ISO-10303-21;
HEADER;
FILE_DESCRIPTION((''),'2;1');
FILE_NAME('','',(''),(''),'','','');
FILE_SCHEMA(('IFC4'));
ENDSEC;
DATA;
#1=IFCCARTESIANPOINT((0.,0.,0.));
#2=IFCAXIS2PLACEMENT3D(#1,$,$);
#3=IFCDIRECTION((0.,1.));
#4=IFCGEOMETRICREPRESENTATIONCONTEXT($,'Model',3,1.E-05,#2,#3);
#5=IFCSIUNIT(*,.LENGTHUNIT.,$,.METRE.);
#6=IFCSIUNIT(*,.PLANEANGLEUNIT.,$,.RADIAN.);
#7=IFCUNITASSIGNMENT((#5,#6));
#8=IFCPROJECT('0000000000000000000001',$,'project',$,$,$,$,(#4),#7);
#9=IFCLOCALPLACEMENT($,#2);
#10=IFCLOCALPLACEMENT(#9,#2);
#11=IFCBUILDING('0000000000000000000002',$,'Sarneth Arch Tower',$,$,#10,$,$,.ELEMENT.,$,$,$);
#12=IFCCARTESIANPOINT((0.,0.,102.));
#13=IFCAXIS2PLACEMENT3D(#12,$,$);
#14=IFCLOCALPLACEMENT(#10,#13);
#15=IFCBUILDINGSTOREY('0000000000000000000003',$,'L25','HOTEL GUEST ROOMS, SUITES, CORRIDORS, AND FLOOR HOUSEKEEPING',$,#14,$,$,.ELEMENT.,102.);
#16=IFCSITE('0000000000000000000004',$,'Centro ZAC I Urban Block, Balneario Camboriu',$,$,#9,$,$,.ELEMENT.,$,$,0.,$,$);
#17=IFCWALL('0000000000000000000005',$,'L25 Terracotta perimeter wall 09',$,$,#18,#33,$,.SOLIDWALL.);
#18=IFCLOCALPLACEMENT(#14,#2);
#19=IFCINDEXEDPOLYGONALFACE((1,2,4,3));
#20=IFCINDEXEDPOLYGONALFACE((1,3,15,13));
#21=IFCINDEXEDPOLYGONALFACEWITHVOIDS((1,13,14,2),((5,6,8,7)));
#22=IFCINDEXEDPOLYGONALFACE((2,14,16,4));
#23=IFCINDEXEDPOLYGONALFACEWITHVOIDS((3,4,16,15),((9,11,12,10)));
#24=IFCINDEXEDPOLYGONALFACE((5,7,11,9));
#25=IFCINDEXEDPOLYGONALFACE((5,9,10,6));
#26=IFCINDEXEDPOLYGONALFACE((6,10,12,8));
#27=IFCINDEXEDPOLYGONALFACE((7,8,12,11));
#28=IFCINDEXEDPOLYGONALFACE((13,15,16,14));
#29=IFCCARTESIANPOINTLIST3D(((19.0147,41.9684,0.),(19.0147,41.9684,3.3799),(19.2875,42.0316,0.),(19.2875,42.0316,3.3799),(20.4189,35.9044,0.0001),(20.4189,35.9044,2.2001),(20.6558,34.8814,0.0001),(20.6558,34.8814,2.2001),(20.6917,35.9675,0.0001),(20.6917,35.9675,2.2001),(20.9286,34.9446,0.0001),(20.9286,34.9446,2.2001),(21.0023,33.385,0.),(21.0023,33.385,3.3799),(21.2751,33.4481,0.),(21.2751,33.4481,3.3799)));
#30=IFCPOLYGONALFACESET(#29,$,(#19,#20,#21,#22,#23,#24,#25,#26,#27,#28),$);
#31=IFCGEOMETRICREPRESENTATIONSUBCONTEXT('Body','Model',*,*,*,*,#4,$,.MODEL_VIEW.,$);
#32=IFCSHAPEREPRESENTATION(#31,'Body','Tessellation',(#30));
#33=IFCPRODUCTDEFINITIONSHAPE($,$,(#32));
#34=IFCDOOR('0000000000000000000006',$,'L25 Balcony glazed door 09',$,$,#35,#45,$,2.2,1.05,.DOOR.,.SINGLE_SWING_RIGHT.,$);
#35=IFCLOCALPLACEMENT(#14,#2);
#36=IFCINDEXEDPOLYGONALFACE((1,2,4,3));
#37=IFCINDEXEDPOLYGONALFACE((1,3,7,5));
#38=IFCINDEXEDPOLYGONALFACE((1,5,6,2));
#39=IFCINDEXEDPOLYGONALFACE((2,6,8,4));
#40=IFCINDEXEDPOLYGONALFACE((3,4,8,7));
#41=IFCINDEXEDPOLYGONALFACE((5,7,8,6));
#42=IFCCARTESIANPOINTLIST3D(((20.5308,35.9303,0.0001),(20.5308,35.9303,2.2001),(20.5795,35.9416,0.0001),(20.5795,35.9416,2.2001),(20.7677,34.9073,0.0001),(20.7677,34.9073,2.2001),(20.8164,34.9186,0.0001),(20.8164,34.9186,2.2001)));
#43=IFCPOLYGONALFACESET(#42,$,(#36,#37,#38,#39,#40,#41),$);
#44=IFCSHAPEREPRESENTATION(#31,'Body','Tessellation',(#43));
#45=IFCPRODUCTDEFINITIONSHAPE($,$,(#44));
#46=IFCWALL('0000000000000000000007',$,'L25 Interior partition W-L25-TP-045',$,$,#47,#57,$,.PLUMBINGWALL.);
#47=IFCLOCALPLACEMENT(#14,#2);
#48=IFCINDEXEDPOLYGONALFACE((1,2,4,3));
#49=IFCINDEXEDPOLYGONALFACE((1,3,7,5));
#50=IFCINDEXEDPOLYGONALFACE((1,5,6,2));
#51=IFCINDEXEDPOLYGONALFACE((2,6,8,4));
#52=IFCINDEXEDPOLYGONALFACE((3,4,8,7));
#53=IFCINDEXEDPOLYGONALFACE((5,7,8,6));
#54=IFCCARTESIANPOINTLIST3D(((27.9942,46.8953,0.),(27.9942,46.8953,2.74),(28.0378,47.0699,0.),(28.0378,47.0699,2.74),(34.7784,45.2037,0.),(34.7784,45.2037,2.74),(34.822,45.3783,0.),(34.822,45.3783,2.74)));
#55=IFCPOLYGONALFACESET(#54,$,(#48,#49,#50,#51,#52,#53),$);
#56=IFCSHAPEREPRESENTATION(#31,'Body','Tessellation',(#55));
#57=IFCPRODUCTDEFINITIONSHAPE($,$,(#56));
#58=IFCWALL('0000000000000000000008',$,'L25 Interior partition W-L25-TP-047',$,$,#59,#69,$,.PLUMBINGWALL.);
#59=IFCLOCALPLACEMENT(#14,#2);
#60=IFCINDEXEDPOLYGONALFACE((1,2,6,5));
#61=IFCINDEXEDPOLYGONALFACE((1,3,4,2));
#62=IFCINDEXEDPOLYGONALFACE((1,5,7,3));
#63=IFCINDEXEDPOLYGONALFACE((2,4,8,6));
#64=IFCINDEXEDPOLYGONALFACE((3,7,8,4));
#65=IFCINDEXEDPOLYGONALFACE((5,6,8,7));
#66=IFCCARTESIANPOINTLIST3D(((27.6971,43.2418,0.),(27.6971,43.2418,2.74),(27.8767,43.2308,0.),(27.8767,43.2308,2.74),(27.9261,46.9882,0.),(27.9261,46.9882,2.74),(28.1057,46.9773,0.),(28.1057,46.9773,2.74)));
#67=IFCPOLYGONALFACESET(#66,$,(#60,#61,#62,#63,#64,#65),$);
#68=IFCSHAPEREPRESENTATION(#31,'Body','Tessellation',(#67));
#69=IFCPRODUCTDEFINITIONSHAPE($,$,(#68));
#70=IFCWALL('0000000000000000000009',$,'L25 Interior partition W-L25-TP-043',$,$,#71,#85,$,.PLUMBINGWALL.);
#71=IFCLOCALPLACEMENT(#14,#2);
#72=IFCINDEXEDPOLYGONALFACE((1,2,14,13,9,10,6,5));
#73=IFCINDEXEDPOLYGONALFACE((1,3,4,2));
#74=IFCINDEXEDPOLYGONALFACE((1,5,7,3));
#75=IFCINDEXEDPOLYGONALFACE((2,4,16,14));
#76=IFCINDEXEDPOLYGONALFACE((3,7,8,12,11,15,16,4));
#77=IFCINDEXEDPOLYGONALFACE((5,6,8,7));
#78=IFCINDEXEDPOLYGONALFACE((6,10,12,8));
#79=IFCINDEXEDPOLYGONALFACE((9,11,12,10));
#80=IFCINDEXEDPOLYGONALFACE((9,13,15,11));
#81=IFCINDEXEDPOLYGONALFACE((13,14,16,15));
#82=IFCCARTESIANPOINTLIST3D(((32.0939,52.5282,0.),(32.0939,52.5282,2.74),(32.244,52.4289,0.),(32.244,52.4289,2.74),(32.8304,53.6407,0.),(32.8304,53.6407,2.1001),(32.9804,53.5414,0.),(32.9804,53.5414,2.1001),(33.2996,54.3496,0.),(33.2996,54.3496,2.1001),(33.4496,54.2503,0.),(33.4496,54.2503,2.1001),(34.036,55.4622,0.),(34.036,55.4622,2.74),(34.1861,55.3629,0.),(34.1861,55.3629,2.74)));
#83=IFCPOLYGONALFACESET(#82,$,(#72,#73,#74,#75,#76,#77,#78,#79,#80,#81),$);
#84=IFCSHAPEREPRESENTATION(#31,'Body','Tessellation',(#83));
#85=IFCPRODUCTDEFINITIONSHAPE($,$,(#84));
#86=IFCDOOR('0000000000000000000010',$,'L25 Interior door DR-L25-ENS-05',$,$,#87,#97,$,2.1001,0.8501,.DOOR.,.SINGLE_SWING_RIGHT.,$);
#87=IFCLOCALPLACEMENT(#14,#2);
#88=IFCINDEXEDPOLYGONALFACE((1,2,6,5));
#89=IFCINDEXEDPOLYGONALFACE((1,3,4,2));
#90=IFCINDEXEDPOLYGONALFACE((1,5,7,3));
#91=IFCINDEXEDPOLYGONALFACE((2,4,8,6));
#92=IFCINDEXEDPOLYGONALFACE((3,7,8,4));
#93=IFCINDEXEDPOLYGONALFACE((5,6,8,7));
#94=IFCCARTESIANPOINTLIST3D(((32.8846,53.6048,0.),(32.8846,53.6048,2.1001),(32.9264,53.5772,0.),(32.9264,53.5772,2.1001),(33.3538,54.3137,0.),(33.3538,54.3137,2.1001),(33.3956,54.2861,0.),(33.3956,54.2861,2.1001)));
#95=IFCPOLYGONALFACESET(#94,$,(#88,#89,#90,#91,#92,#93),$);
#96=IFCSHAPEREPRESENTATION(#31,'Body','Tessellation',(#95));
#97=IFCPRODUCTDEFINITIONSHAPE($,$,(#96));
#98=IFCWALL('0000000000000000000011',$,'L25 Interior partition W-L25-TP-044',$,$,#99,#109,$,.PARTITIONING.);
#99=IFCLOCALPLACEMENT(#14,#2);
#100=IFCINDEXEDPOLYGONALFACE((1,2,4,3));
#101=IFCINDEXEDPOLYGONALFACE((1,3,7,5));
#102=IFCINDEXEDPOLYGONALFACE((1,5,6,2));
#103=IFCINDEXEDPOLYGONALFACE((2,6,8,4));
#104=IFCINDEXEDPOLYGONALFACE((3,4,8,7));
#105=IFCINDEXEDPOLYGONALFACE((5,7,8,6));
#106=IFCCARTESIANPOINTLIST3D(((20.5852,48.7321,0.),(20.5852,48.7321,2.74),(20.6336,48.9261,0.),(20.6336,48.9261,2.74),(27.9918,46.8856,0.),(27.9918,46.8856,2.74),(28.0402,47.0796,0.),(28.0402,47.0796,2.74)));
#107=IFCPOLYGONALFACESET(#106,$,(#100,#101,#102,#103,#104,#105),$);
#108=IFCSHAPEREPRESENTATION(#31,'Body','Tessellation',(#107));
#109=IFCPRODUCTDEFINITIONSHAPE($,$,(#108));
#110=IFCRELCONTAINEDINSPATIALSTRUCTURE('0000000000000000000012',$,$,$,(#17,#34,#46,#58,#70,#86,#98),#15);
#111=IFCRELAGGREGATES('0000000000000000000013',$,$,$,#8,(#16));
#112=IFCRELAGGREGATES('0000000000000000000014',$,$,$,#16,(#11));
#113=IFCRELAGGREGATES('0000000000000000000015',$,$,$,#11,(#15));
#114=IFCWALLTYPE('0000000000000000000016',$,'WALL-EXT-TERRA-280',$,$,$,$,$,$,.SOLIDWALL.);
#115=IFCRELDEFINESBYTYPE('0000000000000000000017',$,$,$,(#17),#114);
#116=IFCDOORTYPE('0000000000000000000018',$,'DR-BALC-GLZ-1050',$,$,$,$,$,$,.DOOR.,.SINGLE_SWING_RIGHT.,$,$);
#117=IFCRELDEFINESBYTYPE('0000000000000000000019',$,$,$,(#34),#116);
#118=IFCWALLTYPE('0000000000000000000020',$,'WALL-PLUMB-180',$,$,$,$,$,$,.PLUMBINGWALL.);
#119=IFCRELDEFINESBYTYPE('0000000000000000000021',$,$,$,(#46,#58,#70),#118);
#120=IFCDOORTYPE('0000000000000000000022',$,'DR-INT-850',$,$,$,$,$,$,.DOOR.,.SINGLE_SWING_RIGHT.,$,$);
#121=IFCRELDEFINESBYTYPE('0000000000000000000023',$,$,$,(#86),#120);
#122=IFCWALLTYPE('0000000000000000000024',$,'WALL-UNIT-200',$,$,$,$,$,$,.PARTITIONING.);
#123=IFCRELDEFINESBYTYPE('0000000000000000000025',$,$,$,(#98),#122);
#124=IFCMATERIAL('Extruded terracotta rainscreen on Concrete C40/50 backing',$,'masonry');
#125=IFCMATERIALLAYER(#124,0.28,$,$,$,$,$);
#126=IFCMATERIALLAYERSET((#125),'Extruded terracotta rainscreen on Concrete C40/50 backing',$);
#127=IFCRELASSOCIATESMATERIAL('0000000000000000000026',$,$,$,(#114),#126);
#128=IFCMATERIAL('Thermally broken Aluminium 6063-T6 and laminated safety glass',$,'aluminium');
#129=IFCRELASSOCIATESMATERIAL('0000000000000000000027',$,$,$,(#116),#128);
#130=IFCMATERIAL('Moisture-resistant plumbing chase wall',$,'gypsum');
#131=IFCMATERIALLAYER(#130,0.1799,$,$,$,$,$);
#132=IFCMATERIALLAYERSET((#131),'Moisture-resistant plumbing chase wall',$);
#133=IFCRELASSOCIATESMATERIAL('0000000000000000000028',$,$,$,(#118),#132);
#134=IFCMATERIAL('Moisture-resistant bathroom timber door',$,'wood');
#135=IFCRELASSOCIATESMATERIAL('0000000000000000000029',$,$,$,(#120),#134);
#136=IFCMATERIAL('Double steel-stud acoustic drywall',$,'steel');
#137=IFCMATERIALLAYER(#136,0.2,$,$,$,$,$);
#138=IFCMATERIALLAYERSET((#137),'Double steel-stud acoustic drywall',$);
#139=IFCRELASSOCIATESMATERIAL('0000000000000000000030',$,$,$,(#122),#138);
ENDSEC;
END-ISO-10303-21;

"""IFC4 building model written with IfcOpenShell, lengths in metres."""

from ifc_helpers import new_model, si_unit, direction, frame, frame_2d, origin, place, context, subcontext, project, spatial, rectangle, extrude, material, layer, layer_set, type_object, element, fill, save


model = new_model("IFC4")

# Units and contexts
model_context = context("Model", 3, precision=1e-05, world=origin(), true_north=direction((0.0, 1.0)))
body_context = subcontext(model_context, "Body", "Model", "MODEL_VIEW")
ifc_project = project(units=[si_unit("LENGTHUNIT", "METRE"), si_unit("PLANEANGLEUNIT", "RADIAN")], contexts=[model_context])

# Site, building, storey
site_placement = place(None, origin())
site = spatial("IfcSite", under=ifc_project, at=site_placement, Name="Centro ZAC I Urban Block, Balneario Camboriu", CompositionType="ELEMENT", RefElevation=0.0)
building_placement = place(site_placement, origin())
building = spatial("IfcBuilding", under=site, at=building_placement, Name="Sarneth Arch Tower", CompositionType="ELEMENT")
storey_placement = place(building_placement, frame((0.0, 0.0, 102.0)))
storey = spatial("IfcBuildingStorey", under=building, at=storey_placement, Name="L25", Description="HOTEL GUEST ROOMS, SUITES, CORRIDORS, AND FLOOR HOUSEKEEPING", CompositionType="ELEMENT", Elevation=102.0)

# Wall, opening, door
ifc_material_1 = material(Name="Extruded terracotta rainscreen on Concrete C40/50 backing", Category="masonry")
ifc_layer_1 = layer(ifc_material_1, 0.28)
ifc_layer_set_1 = layer_set([ifc_layer_1], Name="Extruded terracotta rainscreen on Concrete C40/50 backing")
wall_type_1 = type_object("IfcWallType", Name="WALL-EXT-TERRA-280", PredefinedType="SOLIDWALL", material=ifc_layer_set_1)
wall_1_placement = place(storey_placement, frame((19.1511, 42.0, 0.0), z_axis=(0.0, 0.0, 1.0), x_axis=(0.225586, -0.974223, 0.0)))
wall_1 = element("IfcWall", 1, at=wall_1_placement, inside=storey, type_object=wall_type_1, Name="L25 Terracotta perimeter wall 09", PredefinedType="SOLIDWALL", context=body_context, shape_type="SweptSolid", body=[
    extrude(rectangle(XDim=8.8105, YDim=0.28, at=frame_2d((4.4053, 0.0))), origin(), (0.0, 0.0, 1.0), 3.3799),
])
opening_1_placement = place(wall_1_placement, frame((6.2246, 0.0, 0.0)))
opening_1 = element("IfcOpeningElement", 2, at=opening_1_placement, cuts=wall_1, PredefinedType="OPENING", context=body_context, shape_type="SweptSolid", body=[
    extrude(rectangle(XDim=1.05, YDim=2.2, at=frame_2d((0.5249, 1.1001))), frame((0.0, 0.1499, 0.0), z_axis=(0.0, -1.0, 0.0), x_axis=(1.0, 0.0, 0.0)), (0.0, 0.0, 1.0), 0.3),
])
ifc_material_2 = material(Name="Thermally broken Aluminium 6063-T6 and laminated safety glass", Category="aluminium")
door_type_1 = type_object("IfcDoorType", Name="DR-BALC-GLZ-1050", OperationType="SINGLE_SWING_RIGHT", PredefinedType="DOOR", material=ifc_material_2)
door_1_placement = place(opening_1_placement, origin())
door_1 = element("IfcDoor", 3, at=door_1_placement, inside=storey, type_object=door_type_1, Name="L25 Balcony glazed door 09", OperationType="SINGLE_SWING_RIGHT", OverallHeight=2.2, OverallWidth=1.05, PredefinedType="DOOR", context=body_context, shape_type="SweptSolid", body=[
    extrude(rectangle(XDim=1.05, YDim=2.2, at=frame_2d((0.5249, 1.1001))), frame((0.0, 0.0249, 0.0), z_axis=(0.0, -1.0, 0.0), x_axis=(1.0, 0.0, 0.0)), (0.0, 0.0, 1.0), 0.05),
])
fill(opening_1, door_1)

# Walls
ifc_material_3 = material(Name="Moisture-resistant plumbing chase wall", Category="gypsum")
ifc_layer_2 = layer(ifc_material_3, 0.1799)
ifc_layer_set_2 = layer_set([ifc_layer_2], Name="Moisture-resistant plumbing chase wall")
wall_type_2 = type_object("IfcWallType", Name="WALL-PLUMB-180", PredefinedType="PLUMBINGWALL", material=ifc_layer_set_2)
wall_2_placement = place(storey_placement, frame((28.0159, 46.9827, 0.0), z_axis=(0.0, 0.0, 1.0), x_axis=(0.97029, -0.241944, 0.0)))
element("IfcWall", 4, at=wall_2_placement, inside=storey, type_object=wall_type_2, Name="L25 Interior partition W-L25-TP-045", PredefinedType="PLUMBINGWALL", context=body_context, shape_type="SweptSolid", body=[
    extrude(rectangle(XDim=6.9919, YDim=0.1799, at=frame_2d((3.4961, 0.0))), origin(), (0.0, 0.0, 1.0), 2.74),
])
wall_3_placement = place(storey_placement, frame((27.7869, 43.2363, 0.0), z_axis=(0.0, 0.0, 1.0), x_axis=(0.061014, 0.998137, 0.0)))
element("IfcWall", 5, at=wall_3_placement, inside=storey, type_object=wall_type_2, Name="L25 Interior partition W-L25-TP-047", PredefinedType="PLUMBINGWALL", context=body_context, shape_type="SweptSolid", body=[
    extrude(rectangle(XDim=3.7534, YDim=0.1799, at=frame_2d((1.8767, 0.0))), origin(), (0.0, 0.0, 1.0), 2.74),
])

# Wall, opening, door
wall_4_placement = place(storey_placement, frame((32.1689, 52.4785, 0.0), z_axis=(0.0, 0.0, 1.0), x_axis=(0.551959, 0.833871, 0.0)))
wall_4 = element("IfcWall", 6, at=wall_4_placement, inside=storey, type_object=wall_type_2, Name="L25 Interior partition W-L25-TP-043", PredefinedType="PLUMBINGWALL", context=body_context, shape_type="SweptSolid", body=[
    extrude(rectangle(XDim=3.5186, YDim=0.1799, at=frame_2d((1.7593, 0.0))), origin(), (0.0, 0.0, 1.0), 2.74),
])
opening_2_placement = place(wall_4_placement, frame((1.3342, 0.0, 0.0)))
opening_2 = element("IfcOpeningElement", 7, at=opening_2_placement, cuts=wall_4, PredefinedType="OPENING", context=body_context, shape_type="SweptSolid", body=[
    extrude(rectangle(XDim=0.8501, YDim=2.1001, at=frame_2d((0.425, 1.05))), frame((0.0, 0.0999, 0.0), z_axis=(0.0, -1.0, 0.0), x_axis=(1.0, 0.0, 0.0)), (0.0, 0.0, 1.0), 0.2),
])
ifc_material_4 = material(Name="Moisture-resistant bathroom timber door", Category="wood")
door_type_2 = type_object("IfcDoorType", Name="DR-INT-850", OperationType="SINGLE_SWING_RIGHT", PredefinedType="DOOR", material=ifc_material_4)
door_2_placement = place(opening_2_placement, origin())
door_2 = element("IfcDoor", 8, at=door_2_placement, inside=storey, type_object=door_type_2, Name="L25 Interior door DR-L25-ENS-05", OperationType="SINGLE_SWING_RIGHT", OverallHeight=2.1001, OverallWidth=0.8501, PredefinedType="DOOR", context=body_context, shape_type="SweptSolid", body=[
    extrude(rectangle(XDim=0.8501, YDim=2.1001, at=frame_2d((0.425, 1.05))), frame((0.0, 0.0249, 0.0), z_axis=(0.0, -1.0, 0.0), x_axis=(1.0, 0.0, 0.0)), (0.0, 0.0, 1.0), 0.05),
])
fill(opening_2, door_2)

# Wall
ifc_material_5 = material(Name="Double steel-stud acoustic drywall", Category="steel")
ifc_layer_3 = layer(ifc_material_5, 0.2)
ifc_layer_set_3 = layer_set([ifc_layer_3], Name="Double steel-stud acoustic drywall")
wall_type_3 = type_object("IfcWallType", Name="WALL-UNIT-200", PredefinedType="PARTITIONING", material=ifc_layer_set_3)
wall_5_placement = place(storey_placement, frame((20.6094, 48.8291, 0.0), z_axis=(0.0, 0.0, 1.0), x_axis=(0.970302, -0.241896, 0.0)))
element("IfcWall", 9, at=wall_5_placement, inside=storey, type_object=wall_type_3, Name="L25 Interior partition W-L25-TP-044", PredefinedType="PARTITIONING", context=body_context, shape_type="SweptSolid", body=[
    extrude(rectangle(XDim=7.6333, YDim=0.2, at=frame_2d((3.8167, 0.0))), origin(), (0.0, 0.0, 1.0), 2.74),
])

save(model, "model.ifc")
